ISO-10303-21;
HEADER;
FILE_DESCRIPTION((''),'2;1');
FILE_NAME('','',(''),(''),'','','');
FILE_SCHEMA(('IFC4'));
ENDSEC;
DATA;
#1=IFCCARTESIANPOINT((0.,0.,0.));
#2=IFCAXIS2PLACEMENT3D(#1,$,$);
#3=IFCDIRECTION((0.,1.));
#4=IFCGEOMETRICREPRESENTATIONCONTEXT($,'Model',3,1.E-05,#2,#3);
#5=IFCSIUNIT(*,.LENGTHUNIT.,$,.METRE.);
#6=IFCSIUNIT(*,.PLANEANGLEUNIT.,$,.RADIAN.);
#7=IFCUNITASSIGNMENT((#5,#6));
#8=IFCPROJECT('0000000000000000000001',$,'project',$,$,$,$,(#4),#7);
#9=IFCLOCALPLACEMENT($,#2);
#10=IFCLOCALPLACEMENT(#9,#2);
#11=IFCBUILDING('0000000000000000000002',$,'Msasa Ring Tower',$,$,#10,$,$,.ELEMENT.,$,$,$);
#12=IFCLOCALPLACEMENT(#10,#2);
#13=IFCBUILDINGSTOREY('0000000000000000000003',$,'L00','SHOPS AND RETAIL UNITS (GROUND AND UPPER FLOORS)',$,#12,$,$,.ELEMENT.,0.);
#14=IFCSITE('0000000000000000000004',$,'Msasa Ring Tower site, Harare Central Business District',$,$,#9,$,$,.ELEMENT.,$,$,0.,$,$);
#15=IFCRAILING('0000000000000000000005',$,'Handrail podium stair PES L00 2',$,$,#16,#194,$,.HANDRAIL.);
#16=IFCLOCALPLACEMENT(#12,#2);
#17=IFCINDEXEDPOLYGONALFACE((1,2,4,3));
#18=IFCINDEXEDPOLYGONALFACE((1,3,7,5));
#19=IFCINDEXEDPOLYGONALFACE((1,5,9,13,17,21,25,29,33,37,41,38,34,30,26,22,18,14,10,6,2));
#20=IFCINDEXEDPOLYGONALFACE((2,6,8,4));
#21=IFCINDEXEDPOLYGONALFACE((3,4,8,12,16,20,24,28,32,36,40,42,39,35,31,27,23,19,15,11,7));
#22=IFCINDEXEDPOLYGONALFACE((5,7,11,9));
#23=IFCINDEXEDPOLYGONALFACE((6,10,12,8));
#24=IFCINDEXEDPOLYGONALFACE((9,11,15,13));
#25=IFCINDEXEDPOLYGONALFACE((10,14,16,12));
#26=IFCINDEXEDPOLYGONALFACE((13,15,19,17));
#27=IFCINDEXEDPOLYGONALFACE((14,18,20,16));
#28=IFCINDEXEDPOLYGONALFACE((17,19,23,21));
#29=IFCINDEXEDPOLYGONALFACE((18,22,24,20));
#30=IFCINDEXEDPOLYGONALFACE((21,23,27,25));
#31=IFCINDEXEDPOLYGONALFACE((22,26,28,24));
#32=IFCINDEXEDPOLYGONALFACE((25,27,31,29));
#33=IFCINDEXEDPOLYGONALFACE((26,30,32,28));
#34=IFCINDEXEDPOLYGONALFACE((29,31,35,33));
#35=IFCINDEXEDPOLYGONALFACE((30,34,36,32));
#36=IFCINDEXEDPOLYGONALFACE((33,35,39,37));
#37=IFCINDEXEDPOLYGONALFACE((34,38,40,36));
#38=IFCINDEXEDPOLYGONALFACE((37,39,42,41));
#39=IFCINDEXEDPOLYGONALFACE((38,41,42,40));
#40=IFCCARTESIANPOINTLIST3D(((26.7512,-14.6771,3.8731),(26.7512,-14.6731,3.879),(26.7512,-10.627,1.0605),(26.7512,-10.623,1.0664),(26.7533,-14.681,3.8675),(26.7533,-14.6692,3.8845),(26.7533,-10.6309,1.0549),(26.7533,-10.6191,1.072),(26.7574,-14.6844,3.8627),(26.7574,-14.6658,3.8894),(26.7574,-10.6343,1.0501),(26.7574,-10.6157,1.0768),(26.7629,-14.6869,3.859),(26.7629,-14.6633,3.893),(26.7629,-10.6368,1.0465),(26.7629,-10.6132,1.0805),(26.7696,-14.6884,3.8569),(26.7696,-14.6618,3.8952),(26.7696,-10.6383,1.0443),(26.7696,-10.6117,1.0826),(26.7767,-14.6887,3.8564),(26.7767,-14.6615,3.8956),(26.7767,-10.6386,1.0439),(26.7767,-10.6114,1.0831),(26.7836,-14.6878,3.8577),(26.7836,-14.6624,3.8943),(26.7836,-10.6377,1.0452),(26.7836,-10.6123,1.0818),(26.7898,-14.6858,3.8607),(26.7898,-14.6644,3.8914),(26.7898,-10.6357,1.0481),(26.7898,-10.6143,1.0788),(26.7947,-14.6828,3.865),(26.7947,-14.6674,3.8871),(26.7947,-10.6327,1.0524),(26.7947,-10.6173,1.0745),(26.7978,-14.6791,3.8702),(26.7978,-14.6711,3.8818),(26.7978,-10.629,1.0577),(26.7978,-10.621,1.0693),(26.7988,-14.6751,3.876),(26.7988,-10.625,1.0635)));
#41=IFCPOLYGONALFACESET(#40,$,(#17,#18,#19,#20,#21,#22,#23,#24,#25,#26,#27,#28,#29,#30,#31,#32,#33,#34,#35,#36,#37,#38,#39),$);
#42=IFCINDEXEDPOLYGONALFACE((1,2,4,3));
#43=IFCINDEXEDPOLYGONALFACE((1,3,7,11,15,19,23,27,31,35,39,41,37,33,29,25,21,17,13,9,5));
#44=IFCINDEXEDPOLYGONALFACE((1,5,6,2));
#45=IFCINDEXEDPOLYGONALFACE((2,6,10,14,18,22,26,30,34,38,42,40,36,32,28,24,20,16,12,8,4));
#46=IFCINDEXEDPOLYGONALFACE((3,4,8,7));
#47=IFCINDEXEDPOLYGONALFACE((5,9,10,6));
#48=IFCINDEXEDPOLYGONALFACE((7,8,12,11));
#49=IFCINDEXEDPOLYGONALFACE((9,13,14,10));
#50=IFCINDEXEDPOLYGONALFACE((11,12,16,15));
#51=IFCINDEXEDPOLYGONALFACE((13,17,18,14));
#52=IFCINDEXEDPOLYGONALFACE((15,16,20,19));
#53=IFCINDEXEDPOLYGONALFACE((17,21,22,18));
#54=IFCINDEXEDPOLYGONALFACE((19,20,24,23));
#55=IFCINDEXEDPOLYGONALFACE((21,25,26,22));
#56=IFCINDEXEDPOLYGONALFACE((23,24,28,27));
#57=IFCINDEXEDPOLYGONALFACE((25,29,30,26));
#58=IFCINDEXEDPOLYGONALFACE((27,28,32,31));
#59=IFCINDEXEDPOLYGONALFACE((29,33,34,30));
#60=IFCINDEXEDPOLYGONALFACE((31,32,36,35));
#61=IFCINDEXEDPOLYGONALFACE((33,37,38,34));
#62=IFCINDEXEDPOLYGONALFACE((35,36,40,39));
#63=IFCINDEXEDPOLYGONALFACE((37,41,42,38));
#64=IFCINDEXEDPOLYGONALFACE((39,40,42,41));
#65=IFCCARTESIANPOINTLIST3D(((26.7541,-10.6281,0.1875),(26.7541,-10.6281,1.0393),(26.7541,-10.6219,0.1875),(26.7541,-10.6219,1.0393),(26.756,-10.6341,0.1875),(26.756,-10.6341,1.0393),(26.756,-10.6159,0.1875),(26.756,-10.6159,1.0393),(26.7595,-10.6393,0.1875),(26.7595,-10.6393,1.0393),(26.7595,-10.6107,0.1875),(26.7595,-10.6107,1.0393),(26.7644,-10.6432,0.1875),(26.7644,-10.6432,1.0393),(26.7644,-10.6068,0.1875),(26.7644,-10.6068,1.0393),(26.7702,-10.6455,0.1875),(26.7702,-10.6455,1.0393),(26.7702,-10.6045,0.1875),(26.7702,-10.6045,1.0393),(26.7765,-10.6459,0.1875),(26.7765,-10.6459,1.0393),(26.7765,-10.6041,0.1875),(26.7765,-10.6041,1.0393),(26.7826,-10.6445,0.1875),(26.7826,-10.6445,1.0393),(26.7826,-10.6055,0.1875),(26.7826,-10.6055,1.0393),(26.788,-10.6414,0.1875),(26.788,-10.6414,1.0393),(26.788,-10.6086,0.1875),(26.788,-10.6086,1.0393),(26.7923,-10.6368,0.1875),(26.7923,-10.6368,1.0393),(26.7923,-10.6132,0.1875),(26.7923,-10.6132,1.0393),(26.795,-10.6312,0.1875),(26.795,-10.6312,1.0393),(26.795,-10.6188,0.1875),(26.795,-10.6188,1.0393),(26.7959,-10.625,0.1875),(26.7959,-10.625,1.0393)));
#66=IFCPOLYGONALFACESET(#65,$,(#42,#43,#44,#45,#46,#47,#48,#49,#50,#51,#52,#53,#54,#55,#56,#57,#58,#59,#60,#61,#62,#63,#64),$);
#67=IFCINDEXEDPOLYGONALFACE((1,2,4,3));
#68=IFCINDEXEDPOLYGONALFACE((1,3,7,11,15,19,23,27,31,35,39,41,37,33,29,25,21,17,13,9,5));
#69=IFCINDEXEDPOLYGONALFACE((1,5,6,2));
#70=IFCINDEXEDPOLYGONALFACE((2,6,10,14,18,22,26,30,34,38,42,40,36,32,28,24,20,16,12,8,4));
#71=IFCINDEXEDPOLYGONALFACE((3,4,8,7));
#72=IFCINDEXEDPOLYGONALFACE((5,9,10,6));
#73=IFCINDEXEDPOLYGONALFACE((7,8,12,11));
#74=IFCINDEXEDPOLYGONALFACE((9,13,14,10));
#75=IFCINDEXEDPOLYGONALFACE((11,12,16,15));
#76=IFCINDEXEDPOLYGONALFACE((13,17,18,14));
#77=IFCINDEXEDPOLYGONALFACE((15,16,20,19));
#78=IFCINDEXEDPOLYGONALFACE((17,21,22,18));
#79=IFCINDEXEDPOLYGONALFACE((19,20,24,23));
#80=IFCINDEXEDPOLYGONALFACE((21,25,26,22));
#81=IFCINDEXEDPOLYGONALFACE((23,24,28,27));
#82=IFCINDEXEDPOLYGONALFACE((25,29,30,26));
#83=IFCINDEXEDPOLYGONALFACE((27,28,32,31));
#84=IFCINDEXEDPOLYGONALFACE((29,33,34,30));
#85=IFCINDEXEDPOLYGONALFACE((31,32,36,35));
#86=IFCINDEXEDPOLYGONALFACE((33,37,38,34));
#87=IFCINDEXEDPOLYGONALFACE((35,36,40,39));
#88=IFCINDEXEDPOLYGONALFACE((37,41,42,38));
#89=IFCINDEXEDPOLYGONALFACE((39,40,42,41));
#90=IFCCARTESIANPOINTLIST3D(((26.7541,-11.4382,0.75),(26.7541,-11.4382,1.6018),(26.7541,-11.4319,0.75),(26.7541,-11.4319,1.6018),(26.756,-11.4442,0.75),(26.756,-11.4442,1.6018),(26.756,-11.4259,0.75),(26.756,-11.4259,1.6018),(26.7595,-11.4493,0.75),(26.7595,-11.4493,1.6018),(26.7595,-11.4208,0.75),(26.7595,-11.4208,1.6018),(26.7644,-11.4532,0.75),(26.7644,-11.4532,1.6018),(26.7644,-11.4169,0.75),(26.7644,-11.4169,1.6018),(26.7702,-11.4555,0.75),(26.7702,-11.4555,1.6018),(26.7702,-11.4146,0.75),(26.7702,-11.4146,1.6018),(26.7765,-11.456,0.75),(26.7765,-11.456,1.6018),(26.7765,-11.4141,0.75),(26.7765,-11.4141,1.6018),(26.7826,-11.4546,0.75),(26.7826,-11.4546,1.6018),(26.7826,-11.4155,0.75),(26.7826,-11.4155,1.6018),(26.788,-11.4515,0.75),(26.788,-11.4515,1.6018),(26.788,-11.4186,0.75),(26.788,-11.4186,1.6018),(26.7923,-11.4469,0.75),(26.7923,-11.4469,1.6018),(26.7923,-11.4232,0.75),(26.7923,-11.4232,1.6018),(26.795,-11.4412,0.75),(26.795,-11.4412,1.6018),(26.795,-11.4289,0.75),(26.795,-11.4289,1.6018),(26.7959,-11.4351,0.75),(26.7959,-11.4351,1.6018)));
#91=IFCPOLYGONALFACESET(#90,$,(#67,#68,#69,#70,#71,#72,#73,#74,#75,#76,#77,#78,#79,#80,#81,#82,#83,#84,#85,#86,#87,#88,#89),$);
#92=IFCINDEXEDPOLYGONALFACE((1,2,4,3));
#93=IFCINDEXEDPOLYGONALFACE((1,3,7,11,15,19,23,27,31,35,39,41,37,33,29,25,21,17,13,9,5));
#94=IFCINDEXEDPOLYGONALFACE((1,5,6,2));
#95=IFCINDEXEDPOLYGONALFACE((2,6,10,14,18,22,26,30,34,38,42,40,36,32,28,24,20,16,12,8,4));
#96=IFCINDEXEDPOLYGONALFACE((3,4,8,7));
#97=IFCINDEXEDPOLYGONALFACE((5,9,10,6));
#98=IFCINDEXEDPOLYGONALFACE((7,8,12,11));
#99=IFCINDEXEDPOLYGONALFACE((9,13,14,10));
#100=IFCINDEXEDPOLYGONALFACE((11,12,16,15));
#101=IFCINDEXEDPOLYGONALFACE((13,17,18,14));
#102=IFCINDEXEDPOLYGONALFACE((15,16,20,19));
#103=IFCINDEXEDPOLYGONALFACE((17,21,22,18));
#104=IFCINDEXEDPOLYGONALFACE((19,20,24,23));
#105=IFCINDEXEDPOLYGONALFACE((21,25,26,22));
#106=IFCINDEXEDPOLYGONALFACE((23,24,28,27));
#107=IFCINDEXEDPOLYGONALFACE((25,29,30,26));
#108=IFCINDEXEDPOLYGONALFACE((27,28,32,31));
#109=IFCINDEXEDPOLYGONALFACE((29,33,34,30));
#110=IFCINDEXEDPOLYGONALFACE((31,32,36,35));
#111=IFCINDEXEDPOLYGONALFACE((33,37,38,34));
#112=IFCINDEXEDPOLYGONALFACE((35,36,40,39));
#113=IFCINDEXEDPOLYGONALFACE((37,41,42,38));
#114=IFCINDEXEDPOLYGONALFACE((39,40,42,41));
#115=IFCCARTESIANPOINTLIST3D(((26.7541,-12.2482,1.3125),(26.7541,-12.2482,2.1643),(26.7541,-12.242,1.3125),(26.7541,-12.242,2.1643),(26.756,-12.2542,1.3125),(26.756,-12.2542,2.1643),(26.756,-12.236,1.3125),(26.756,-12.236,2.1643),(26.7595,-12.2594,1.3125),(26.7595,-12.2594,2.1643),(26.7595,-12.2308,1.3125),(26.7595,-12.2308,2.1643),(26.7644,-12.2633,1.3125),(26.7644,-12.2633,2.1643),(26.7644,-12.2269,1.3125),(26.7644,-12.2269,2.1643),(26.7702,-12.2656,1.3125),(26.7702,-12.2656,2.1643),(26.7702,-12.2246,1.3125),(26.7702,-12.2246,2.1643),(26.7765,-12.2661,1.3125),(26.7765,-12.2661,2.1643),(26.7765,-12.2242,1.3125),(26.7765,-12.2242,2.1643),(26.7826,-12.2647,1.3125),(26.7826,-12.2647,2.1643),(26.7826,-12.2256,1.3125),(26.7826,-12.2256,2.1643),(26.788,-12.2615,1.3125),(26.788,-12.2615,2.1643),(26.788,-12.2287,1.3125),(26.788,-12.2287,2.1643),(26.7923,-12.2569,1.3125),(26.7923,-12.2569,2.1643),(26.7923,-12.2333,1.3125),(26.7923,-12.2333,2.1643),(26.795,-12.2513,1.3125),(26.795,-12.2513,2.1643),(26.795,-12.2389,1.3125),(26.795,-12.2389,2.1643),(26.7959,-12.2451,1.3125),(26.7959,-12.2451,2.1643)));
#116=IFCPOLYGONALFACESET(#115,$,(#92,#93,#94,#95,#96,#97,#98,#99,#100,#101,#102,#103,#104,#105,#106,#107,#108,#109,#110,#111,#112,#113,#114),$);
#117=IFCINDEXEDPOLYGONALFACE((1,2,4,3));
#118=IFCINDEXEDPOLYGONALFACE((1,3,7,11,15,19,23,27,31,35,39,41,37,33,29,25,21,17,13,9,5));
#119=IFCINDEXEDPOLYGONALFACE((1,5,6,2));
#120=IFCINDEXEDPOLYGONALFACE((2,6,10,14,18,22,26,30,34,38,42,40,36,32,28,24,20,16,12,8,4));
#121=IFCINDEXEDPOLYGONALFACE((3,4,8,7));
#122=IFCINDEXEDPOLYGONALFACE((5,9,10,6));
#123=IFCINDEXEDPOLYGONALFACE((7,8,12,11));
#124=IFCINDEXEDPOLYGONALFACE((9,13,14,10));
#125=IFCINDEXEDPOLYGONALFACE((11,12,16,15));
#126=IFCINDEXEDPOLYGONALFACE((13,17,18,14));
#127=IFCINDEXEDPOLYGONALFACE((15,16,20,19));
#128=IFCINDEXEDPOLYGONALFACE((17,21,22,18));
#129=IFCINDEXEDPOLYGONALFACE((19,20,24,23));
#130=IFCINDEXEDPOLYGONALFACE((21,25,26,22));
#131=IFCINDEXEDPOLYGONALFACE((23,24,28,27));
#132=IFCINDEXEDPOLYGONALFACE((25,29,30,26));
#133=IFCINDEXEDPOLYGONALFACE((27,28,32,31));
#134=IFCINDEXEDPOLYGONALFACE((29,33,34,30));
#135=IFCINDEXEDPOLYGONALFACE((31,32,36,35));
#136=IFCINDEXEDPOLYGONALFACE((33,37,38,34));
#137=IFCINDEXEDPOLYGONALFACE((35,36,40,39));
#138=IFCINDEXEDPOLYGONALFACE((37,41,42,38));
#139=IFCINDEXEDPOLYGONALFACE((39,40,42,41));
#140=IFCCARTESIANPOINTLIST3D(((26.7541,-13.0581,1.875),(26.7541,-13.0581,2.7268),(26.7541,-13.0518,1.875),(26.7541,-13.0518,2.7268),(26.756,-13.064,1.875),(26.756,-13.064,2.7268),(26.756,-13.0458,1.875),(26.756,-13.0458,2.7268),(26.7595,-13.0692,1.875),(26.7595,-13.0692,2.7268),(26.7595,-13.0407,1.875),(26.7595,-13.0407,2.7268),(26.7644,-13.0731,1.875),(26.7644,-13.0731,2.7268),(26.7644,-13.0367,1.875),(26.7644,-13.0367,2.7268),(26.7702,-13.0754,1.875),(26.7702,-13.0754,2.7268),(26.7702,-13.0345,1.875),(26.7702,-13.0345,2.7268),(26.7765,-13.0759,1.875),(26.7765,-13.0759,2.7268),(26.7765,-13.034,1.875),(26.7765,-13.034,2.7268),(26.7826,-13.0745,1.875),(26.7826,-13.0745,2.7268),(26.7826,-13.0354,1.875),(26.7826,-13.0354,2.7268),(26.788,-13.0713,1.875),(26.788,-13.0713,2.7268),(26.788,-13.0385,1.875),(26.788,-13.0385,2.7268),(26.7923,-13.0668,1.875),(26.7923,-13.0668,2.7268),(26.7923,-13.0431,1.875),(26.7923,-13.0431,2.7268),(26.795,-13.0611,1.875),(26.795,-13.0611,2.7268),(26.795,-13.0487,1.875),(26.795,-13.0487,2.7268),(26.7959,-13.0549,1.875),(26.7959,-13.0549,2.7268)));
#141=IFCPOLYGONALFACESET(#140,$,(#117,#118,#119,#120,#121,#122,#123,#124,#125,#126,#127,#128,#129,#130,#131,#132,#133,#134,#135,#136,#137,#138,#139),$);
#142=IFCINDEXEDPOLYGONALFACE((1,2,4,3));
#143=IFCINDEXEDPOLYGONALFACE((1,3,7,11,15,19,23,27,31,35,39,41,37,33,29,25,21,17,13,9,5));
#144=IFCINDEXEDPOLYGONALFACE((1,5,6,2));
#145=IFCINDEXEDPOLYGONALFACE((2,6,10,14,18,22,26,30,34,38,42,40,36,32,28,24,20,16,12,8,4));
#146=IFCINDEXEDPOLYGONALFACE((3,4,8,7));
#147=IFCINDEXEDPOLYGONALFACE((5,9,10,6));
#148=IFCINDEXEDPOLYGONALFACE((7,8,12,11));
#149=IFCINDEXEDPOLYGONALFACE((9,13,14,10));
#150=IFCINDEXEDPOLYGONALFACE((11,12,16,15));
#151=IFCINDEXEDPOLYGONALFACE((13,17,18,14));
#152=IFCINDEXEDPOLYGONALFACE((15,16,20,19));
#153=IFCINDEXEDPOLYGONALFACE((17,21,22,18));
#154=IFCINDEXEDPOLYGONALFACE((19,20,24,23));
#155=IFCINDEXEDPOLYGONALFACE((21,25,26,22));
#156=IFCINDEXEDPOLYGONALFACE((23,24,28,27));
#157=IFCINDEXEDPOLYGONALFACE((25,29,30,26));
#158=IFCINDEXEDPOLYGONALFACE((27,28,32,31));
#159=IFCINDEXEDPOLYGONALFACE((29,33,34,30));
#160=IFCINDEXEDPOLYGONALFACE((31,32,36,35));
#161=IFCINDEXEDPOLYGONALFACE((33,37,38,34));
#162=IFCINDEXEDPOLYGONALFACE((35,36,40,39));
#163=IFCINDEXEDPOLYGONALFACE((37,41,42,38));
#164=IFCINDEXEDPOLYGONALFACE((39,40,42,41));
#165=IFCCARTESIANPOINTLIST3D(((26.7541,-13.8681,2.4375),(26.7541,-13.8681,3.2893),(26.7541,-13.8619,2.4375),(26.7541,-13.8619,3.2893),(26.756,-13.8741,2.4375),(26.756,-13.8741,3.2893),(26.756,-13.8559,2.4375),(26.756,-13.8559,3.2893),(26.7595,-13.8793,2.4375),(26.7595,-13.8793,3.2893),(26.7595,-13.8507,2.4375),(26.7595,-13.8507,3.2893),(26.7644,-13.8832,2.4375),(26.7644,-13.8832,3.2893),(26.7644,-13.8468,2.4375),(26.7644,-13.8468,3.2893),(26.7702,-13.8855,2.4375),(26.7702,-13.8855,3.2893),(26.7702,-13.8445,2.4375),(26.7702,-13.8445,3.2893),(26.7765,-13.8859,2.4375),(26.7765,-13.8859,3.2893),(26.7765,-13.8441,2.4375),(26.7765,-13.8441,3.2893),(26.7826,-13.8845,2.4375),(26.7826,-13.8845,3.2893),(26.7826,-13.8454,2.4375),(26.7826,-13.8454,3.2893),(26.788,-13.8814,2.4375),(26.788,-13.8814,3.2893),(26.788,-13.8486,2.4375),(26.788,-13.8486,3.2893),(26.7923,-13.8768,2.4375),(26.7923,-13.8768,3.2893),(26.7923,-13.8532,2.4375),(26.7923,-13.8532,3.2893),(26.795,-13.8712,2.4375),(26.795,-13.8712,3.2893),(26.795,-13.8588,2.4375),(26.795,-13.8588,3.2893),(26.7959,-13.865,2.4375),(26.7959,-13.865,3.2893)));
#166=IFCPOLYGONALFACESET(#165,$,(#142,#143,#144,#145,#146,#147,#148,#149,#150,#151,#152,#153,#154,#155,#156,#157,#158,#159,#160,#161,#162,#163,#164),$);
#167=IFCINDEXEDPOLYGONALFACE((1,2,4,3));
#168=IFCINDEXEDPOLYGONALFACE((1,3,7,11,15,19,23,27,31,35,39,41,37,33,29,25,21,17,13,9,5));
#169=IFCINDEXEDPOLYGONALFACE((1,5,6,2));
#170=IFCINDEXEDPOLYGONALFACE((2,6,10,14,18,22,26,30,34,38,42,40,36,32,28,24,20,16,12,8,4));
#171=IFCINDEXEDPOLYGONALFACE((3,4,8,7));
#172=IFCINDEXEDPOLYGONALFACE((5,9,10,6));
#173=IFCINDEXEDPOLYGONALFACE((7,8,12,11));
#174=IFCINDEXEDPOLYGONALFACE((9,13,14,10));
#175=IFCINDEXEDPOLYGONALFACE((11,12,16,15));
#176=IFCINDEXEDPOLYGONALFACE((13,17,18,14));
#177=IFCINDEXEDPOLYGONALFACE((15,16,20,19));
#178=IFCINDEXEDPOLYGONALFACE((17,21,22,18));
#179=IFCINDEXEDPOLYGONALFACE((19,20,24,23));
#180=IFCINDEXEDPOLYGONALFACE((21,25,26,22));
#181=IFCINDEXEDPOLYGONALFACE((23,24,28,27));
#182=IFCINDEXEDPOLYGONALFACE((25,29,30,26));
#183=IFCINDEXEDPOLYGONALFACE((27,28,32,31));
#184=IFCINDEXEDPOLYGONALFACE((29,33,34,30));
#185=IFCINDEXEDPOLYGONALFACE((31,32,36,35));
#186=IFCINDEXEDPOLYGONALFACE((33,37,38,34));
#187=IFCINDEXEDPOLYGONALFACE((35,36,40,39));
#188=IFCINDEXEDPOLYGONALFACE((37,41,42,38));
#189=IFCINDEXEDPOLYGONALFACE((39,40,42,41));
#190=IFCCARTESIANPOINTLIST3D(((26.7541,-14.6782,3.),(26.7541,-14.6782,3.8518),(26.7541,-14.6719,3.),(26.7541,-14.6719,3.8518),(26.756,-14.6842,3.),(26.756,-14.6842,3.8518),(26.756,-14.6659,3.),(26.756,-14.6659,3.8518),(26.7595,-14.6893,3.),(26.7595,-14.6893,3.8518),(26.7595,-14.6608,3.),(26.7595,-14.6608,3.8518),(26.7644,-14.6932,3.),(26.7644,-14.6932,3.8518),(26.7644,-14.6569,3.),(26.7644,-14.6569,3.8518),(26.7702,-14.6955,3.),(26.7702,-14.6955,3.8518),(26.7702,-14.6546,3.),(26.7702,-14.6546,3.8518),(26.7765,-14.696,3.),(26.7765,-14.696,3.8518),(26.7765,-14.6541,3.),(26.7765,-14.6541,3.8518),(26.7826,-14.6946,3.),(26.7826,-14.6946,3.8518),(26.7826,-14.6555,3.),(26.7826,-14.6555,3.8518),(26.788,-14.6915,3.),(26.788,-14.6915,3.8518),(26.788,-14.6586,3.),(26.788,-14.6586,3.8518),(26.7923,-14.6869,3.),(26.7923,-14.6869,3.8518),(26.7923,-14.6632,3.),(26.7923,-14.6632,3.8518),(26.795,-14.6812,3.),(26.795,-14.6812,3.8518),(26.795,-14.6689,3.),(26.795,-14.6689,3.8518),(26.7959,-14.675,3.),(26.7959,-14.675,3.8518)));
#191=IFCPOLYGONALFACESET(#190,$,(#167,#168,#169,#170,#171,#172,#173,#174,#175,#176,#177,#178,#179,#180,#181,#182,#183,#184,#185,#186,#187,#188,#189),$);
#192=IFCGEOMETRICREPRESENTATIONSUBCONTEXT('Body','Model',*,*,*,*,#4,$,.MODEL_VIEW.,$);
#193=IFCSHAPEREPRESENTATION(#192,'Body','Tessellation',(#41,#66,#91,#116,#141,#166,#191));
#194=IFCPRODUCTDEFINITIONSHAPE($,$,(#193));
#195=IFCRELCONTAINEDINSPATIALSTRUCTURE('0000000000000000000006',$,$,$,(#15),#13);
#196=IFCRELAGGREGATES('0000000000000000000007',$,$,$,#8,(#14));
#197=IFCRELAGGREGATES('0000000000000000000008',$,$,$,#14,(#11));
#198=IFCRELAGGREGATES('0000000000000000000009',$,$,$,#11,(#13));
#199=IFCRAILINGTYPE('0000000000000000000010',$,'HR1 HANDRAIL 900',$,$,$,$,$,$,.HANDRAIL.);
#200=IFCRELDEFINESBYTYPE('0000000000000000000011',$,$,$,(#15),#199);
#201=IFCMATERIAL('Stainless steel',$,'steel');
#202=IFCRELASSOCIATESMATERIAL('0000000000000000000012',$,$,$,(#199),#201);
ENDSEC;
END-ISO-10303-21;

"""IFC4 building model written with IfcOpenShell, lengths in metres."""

from ifc_helpers import new_model, si_unit, direction, frame, origin, origin_2d, place, context, subcontext, project, spatial, circle, extrude, material, type_object, element, save


model = new_model("IFC4")

# Units and contexts
model_context = context("Model", 3, precision=1e-05, world=origin(), true_north=direction((0.0, 1.0)))
body_context = subcontext(model_context, "Body", "Model", "MODEL_VIEW")
ifc_project = project(units=[si_unit("LENGTHUNIT", "METRE"), si_unit("PLANEANGLEUNIT", "RADIAN")], contexts=[model_context])

# Site, building, storey
site_placement = place(None, origin())
site = spatial("IfcSite", under=ifc_project, at=site_placement, Name="Msasa Ring Tower site, Harare Central Business District", CompositionType="ELEMENT", RefElevation=0.0)
building_placement = place(site_placement, origin())
building = spatial("IfcBuilding", under=site, at=building_placement, Name="Msasa Ring Tower", CompositionType="ELEMENT")
storey_placement = place(building_placement, origin())
storey = spatial("IfcBuildingStorey", under=building, at=storey_placement, Name="L00", Description="SHOPS AND RETAIL UNITS (GROUND AND UPPER FLOORS)", CompositionType="ELEMENT", Elevation=0.0)

# Railing
ifc_material_1 = material(Name="Stainless steel", Category="steel")
railing_type = type_object("IfcRailingType", Name="HR1 HANDRAIL 900", PredefinedType="HANDRAIL", material=ifc_material_1)
railing_placement = place(storey_placement, frame((26.7749, -10.625, 0.1875)))
element("IfcRailing", 1, at=railing_placement, inside=storey, type_object=railing_type, Name="Handrail podium stair PES L00 2", PredefinedType="HANDRAIL", context=body_context, shape_type="SweptSolid", body=[
    extrude(circle(Radius=0.0239, at=origin_2d()), frame((0.0, 0.0, 0.876), z_axis=(0.0, -0.821373, 0.570391), x_axis=(1.0, 0.0, 0.0)), (0.0, 0.0, 1.0), 4.9309),
    extrude(circle(Radius=0.021, at=origin_2d()), origin(), (0.0, 0.0, 1.0), 0.8518),
    extrude(circle(Radius=0.021, at=origin_2d()), frame((0.0, -0.8101, 0.5625)), (0.0, 0.0, 1.0), 0.8518),
    extrude(circle(Radius=0.021, at=origin_2d()), frame((0.0, -1.6201, 1.125)), (0.0, 0.0, 1.0), 0.8518),
    extrude(circle(Radius=0.021, at=origin_2d()), frame((0.0, -2.4299, 1.6875)), (0.0, 0.0, 1.0), 0.8518),
    extrude(circle(Radius=0.021, at=origin_2d()), frame((0.0, -3.24, 2.25)), (0.0, 0.0, 1.0), 0.8518),
    extrude(circle(Radius=0.021, at=origin_2d()), frame((0.0, -4.05, 2.8125)), (0.0, 0.0, 1.0), 0.8518),
])

save(model, "model.ifc")
